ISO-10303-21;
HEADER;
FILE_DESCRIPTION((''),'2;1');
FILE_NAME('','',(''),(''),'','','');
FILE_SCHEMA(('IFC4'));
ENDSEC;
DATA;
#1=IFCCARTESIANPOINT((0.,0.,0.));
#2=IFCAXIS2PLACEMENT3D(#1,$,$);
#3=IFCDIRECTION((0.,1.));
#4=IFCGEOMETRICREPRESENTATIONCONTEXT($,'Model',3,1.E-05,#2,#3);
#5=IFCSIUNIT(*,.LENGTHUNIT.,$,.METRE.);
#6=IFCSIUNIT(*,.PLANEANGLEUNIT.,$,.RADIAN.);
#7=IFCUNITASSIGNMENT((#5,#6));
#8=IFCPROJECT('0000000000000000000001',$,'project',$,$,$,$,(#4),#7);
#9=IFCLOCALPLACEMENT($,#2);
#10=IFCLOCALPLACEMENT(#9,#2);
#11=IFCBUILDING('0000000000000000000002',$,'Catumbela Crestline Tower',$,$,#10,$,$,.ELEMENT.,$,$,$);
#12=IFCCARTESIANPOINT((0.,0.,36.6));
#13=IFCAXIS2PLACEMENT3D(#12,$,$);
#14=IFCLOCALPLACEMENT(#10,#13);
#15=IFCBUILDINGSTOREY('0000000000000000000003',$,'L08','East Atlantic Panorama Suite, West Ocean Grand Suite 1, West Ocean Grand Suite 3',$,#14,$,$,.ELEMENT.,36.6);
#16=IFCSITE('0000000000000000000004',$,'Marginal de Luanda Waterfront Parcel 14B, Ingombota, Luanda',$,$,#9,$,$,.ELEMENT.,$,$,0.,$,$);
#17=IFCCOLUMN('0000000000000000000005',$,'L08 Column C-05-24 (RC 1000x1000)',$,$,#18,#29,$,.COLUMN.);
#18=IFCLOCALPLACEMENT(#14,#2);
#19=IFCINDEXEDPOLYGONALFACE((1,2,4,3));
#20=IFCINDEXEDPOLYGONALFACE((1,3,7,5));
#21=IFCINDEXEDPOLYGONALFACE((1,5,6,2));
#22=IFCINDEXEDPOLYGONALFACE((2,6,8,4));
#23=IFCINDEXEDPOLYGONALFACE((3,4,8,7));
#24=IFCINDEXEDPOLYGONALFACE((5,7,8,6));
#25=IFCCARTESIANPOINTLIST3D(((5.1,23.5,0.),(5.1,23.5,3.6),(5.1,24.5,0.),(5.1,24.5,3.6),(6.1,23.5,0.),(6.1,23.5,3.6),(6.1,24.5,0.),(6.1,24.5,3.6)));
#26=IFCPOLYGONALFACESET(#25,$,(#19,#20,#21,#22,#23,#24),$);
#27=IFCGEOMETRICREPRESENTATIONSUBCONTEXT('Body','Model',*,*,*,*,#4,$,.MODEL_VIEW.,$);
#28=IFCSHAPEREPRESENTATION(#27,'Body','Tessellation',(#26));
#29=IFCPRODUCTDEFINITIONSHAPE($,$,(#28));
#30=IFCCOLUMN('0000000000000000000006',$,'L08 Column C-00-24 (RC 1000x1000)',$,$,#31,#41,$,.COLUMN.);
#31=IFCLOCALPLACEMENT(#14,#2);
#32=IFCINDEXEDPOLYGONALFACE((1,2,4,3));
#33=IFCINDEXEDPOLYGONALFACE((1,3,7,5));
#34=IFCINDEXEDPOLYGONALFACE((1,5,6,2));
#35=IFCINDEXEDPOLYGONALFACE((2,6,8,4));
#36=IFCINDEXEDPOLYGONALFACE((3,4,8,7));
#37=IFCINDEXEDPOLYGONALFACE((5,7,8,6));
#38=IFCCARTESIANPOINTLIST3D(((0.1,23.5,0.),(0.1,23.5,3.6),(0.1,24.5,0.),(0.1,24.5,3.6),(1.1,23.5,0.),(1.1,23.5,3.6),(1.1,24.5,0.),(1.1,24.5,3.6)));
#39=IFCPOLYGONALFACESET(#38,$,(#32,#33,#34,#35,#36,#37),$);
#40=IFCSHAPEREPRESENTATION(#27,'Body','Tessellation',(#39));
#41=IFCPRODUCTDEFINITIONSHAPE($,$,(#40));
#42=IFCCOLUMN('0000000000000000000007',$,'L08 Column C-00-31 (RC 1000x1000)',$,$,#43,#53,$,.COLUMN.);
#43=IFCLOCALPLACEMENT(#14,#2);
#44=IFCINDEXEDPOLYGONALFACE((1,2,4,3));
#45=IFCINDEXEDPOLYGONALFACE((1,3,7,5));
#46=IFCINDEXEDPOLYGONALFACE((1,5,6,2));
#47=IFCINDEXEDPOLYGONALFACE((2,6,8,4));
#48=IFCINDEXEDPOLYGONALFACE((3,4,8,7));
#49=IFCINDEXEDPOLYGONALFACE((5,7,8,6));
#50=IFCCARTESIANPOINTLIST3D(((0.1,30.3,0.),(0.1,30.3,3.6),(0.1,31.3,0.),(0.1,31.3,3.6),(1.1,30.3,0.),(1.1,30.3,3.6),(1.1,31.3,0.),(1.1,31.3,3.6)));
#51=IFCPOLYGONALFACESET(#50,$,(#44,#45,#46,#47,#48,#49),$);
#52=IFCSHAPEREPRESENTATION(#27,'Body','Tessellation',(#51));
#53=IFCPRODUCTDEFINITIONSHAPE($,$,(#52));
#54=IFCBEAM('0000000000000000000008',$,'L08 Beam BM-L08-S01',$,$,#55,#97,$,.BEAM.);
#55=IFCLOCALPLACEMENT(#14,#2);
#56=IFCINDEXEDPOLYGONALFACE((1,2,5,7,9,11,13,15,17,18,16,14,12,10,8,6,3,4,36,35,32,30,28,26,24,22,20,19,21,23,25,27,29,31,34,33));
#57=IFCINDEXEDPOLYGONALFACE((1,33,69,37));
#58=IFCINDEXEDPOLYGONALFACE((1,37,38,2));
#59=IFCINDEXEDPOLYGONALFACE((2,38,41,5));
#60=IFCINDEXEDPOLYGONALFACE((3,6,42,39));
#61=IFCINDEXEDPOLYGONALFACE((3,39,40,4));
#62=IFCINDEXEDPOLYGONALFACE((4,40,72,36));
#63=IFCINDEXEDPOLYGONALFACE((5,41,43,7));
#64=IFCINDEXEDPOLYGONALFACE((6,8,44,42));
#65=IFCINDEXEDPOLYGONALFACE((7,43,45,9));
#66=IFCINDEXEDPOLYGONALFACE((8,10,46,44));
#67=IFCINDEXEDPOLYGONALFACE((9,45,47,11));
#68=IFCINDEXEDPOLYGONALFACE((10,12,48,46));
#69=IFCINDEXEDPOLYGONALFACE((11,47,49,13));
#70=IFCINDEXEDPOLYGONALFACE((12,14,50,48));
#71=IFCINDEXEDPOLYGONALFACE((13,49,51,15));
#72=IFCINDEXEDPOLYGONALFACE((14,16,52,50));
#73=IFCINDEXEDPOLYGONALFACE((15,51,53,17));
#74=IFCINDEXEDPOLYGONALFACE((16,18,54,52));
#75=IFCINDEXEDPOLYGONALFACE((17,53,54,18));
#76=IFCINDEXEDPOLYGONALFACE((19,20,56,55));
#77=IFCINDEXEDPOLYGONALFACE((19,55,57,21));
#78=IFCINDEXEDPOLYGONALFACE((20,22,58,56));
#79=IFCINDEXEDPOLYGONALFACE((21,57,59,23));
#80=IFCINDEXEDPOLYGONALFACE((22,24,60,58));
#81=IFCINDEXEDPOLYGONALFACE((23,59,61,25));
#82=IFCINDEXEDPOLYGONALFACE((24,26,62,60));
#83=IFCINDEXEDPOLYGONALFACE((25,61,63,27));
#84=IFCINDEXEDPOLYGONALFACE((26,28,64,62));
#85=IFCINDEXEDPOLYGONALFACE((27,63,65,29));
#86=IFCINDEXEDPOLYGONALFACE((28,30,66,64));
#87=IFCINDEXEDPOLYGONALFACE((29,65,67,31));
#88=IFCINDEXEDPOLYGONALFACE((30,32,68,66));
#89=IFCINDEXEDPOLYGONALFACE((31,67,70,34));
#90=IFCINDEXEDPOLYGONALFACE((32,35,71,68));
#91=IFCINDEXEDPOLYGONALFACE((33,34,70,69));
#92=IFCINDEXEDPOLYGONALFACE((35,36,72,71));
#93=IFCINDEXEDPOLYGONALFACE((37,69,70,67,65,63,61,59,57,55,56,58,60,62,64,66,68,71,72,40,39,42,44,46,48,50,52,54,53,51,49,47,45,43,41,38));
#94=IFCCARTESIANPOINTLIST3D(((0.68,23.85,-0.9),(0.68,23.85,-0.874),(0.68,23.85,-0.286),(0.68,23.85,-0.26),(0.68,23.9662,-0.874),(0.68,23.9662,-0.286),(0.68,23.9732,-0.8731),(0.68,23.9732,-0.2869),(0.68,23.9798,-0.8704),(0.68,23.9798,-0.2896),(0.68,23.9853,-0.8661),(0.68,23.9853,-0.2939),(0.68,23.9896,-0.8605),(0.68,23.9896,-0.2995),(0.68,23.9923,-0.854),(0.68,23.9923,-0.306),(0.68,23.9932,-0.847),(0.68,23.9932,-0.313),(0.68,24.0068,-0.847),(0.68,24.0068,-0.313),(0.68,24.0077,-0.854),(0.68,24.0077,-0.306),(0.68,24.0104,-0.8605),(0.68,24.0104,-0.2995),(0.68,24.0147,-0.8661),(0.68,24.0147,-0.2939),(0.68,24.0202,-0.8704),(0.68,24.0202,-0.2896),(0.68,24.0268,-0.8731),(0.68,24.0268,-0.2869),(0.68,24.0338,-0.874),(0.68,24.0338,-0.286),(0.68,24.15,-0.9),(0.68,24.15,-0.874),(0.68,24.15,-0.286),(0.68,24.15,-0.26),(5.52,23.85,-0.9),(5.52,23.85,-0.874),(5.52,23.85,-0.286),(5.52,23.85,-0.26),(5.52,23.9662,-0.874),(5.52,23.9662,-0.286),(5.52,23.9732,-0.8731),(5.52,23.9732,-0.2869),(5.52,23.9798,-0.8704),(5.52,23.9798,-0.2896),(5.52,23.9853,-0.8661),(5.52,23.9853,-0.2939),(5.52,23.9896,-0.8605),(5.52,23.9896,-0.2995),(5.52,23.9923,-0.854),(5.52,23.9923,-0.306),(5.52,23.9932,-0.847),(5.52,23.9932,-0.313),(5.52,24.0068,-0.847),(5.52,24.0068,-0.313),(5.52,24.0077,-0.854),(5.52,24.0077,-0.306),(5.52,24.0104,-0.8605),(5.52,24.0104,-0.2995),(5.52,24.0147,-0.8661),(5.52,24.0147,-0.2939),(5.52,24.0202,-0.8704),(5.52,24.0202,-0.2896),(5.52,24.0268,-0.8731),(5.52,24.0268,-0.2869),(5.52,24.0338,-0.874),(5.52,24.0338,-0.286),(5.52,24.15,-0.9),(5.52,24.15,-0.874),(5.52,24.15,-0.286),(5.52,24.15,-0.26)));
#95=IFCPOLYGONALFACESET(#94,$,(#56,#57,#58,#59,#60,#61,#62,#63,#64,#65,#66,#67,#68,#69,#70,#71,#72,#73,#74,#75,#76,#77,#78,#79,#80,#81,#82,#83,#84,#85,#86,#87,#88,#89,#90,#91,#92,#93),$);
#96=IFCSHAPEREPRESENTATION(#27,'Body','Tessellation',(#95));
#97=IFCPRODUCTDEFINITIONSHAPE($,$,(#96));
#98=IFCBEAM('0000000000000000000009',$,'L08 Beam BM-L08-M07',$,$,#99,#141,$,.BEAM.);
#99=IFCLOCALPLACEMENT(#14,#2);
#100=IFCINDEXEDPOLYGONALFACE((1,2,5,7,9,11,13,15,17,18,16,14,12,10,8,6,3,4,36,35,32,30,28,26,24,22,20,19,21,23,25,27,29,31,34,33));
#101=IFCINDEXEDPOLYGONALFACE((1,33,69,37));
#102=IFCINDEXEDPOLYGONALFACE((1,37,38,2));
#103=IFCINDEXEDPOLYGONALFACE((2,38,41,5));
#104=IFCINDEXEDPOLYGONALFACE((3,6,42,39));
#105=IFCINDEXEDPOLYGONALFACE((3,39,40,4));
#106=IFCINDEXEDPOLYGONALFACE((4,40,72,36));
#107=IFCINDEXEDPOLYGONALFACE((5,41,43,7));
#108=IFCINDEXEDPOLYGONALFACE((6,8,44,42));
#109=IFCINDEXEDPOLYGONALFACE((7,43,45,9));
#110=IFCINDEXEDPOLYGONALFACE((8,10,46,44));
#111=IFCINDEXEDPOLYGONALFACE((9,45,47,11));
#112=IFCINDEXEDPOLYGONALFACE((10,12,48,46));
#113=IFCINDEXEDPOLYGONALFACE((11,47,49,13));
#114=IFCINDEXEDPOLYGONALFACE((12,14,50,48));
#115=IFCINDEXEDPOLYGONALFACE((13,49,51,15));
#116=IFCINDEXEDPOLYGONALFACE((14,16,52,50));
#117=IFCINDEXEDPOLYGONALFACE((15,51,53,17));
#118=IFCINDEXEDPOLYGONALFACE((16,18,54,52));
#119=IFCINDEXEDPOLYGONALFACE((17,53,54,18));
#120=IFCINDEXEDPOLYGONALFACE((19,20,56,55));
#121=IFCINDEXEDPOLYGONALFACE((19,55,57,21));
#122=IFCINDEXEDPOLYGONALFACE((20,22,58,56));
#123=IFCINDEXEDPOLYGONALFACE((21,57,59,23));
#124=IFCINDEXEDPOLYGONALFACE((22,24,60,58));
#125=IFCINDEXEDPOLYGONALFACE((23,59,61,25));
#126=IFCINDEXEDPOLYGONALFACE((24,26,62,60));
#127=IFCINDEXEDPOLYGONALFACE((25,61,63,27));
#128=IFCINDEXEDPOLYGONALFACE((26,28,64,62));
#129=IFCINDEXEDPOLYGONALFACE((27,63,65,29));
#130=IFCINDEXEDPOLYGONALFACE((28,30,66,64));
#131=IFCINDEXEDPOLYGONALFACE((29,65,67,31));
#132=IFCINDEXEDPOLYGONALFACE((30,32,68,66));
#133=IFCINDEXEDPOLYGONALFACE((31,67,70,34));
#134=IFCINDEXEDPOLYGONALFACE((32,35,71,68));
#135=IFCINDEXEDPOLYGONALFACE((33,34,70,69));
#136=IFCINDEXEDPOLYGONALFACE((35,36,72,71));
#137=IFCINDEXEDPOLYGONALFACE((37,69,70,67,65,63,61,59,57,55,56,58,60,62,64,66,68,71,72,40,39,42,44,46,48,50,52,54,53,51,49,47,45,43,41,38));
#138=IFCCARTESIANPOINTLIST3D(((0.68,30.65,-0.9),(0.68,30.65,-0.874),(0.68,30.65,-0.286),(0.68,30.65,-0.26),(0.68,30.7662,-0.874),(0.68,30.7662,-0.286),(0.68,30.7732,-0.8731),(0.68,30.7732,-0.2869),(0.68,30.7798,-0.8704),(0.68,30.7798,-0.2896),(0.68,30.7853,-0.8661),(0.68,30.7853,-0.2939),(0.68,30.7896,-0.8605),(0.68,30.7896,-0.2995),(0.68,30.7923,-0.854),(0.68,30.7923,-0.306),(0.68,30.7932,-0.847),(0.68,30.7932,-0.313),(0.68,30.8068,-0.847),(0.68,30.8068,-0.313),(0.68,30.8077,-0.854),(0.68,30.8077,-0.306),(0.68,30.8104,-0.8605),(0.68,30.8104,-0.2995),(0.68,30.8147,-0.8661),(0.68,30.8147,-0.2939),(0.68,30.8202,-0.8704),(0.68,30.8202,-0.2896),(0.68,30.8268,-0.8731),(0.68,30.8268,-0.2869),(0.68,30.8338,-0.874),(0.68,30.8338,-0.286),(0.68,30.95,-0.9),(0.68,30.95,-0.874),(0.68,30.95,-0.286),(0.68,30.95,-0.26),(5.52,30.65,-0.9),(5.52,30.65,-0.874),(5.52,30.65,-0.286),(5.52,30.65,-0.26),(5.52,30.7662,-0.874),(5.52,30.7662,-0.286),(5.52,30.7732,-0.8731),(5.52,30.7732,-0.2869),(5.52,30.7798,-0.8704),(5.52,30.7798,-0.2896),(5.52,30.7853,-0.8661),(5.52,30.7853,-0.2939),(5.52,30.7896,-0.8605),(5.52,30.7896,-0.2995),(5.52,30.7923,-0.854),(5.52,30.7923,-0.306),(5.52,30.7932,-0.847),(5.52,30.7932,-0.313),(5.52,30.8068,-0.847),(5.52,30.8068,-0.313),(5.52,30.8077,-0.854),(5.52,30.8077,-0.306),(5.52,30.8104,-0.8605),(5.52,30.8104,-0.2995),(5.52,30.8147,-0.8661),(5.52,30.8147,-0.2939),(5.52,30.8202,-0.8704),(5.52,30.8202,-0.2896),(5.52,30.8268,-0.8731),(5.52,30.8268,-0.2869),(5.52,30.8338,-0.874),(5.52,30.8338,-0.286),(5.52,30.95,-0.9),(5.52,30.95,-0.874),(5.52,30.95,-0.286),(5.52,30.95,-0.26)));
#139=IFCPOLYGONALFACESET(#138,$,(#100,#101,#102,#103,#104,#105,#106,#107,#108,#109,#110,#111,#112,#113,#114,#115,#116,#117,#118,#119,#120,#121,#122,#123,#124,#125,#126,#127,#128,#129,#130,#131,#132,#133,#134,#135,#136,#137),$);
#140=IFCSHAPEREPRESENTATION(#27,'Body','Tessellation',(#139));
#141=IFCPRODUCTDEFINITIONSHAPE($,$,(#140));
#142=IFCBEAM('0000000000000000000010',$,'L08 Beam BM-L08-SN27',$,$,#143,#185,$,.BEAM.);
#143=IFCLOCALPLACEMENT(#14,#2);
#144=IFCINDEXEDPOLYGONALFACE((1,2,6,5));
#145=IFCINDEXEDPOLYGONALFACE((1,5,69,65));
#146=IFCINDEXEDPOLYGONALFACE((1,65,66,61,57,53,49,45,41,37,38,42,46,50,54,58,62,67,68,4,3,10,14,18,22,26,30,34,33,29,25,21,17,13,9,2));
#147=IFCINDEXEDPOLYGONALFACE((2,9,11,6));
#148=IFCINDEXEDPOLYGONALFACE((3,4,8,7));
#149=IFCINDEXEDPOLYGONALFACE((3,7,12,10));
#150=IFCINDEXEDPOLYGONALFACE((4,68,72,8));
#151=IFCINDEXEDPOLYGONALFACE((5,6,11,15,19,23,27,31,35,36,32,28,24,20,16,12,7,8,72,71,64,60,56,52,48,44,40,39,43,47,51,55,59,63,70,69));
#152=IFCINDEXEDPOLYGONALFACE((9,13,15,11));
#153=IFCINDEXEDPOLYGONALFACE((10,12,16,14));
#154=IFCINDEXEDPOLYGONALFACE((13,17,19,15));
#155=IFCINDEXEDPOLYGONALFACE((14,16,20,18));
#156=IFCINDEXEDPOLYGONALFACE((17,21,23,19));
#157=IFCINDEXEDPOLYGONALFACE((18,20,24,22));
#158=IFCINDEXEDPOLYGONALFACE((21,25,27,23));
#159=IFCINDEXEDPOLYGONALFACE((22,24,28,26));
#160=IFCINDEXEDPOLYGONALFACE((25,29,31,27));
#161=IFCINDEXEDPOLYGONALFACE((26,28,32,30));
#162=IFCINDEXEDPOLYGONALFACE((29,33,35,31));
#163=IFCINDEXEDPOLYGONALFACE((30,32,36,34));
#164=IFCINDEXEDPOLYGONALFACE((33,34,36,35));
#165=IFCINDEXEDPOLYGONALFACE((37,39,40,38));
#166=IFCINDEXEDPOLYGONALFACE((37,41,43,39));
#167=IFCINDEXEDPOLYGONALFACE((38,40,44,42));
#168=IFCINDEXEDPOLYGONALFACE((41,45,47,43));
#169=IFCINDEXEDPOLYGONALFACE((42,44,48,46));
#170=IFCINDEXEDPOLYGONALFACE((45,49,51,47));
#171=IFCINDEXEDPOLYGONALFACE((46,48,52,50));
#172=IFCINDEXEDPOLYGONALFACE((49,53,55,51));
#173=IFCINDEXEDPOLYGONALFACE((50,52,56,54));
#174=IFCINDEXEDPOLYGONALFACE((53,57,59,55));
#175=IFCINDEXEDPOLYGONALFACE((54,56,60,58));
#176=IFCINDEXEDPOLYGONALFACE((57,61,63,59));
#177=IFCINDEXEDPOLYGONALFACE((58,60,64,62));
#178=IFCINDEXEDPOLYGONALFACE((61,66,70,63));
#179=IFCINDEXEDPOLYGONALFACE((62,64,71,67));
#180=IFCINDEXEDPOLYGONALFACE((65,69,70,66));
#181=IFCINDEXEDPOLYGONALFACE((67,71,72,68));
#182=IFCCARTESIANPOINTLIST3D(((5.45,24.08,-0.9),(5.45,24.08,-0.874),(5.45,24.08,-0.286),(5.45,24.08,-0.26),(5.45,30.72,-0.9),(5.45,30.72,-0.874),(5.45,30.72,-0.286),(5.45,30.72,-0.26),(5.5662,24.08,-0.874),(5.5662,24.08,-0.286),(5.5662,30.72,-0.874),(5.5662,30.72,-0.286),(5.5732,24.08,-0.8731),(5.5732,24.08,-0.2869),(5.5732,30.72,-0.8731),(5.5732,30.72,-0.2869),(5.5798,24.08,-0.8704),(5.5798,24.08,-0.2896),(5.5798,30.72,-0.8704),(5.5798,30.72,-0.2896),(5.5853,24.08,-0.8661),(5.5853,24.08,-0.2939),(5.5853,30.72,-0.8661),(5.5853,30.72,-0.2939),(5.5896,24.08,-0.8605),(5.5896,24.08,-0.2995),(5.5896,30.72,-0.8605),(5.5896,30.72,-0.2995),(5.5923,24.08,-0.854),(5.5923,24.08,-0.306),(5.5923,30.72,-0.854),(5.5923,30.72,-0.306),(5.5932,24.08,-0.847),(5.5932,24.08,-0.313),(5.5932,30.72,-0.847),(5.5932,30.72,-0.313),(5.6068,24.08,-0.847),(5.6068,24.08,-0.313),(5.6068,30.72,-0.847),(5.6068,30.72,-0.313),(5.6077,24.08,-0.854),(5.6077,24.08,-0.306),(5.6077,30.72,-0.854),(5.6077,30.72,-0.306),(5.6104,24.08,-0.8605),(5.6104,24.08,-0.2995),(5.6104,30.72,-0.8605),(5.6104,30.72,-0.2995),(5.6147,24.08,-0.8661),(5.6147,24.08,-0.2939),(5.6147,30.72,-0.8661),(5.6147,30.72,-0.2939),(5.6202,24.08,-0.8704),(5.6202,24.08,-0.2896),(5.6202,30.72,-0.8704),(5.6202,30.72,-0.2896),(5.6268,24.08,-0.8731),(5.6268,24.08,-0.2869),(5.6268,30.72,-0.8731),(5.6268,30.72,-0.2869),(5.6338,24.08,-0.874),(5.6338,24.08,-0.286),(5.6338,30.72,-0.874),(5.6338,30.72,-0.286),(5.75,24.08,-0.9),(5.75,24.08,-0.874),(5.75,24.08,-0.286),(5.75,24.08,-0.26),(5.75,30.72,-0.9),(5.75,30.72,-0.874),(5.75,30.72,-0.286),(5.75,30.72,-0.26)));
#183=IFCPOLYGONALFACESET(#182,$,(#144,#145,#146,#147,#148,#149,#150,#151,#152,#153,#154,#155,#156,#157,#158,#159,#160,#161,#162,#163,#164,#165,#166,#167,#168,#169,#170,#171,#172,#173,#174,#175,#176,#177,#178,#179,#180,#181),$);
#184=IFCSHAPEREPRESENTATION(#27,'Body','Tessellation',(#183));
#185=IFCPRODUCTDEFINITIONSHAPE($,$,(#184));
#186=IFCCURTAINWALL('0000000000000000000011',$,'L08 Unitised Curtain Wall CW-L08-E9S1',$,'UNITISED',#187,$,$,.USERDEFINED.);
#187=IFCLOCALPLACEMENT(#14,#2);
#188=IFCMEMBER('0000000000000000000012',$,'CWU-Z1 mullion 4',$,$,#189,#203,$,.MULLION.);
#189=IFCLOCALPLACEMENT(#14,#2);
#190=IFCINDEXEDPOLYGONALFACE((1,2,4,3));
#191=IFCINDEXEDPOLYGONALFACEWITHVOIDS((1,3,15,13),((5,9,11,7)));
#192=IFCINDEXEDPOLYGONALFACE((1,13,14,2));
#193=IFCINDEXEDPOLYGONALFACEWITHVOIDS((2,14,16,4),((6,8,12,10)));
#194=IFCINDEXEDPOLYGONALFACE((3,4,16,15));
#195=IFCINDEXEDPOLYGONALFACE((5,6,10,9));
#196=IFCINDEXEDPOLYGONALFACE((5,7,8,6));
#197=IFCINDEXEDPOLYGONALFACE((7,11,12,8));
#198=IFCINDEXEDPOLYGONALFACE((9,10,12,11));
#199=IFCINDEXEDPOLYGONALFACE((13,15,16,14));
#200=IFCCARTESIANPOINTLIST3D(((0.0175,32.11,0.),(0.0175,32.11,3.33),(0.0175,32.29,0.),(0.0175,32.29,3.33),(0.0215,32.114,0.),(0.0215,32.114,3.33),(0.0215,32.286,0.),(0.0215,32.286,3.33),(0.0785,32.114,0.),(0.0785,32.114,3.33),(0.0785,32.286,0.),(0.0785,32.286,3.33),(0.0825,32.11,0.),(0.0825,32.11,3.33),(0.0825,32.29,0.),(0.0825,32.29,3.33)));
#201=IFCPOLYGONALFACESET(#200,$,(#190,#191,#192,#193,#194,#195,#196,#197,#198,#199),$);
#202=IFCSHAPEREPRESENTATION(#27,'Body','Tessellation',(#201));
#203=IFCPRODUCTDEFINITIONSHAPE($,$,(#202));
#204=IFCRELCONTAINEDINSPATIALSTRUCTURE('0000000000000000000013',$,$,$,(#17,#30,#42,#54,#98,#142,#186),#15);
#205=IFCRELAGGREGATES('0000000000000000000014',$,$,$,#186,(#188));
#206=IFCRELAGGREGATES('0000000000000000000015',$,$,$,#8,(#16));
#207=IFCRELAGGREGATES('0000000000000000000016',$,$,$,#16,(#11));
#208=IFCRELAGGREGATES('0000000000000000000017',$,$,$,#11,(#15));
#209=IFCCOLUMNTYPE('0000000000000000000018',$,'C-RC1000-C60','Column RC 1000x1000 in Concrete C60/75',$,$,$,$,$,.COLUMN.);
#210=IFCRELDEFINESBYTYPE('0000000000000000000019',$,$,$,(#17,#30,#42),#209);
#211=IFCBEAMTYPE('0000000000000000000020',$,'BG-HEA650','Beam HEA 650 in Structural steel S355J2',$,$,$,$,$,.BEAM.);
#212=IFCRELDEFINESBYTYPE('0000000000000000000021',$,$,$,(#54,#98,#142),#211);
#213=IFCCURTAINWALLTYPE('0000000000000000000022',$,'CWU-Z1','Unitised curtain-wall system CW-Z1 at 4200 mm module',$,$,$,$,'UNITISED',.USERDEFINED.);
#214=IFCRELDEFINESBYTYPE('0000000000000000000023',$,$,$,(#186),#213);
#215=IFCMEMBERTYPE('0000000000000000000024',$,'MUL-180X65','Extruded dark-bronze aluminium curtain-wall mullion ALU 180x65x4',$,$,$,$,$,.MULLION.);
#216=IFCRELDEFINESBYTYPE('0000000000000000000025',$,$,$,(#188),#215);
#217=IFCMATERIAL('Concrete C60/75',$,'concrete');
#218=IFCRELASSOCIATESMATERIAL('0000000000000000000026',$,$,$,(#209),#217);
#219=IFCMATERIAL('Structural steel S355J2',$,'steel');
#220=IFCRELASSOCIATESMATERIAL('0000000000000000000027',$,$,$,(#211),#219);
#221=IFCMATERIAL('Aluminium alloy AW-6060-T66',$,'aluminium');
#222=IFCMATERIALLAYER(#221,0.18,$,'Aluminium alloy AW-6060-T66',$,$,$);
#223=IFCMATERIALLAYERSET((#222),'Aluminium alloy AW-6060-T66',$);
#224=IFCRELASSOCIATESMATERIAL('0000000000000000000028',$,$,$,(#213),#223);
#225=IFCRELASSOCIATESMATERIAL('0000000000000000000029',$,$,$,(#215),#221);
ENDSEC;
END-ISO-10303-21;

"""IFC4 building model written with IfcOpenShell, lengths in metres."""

from ifc_helpers import new_model, si_unit, direction, frame, origin, origin_2d, place, context, subcontext, project, spatial, rectangle, hollow_rectangle, i_section, extrude, material, layer, layer_set, material_profile, profile_set, type_object, element, aggregate, save


model = new_model("IFC4")

# Units and contexts
model_context = context("Model", 3, precision=1e-05, world=origin(), true_north=direction((0.0, 1.0)))
body_context = subcontext(model_context, "Body", "Model", "MODEL_VIEW")
ifc_project = project(units=[si_unit("LENGTHUNIT", "METRE"), si_unit("PLANEANGLEUNIT", "RADIAN")], contexts=[model_context])

# Site, building, storey
site_placement = place(None, origin())
site = spatial("IfcSite", under=ifc_project, at=site_placement, Name="Marginal de Luanda Waterfront Parcel 14B, Ingombota, Luanda", CompositionType="ELEMENT", RefElevation=0.0)
building_placement = place(site_placement, origin())
building = spatial("IfcBuilding", under=site, at=building_placement, Name="Catumbela Crestline Tower", CompositionType="ELEMENT")
storey_placement = place(building_placement, frame((0.0, 0.0, 36.6)))
storey = spatial("IfcBuildingStorey", under=building, at=storey_placement, Name="L08", Description="East Atlantic Panorama Suite, West Ocean Grand Suite 1, West Ocean Grand Suite 3", CompositionType="ELEMENT", Elevation=36.6)

# Columns
ifc_material_1 = material(Name="Concrete C60/75", Category="concrete")
ifc_material_profile_1 = material_profile(ifc_material_1, rectangle(XDim=1.0, YDim=1.0, at=origin_2d()), Name="RC 1000x1000")
ifc_profile_set_1 = profile_set([ifc_material_profile_1], Name="Concrete C60/75")
column_type = type_object("IfcColumnType", Name="C-RC1000-C60", Description="Column RC 1000x1000 in Concrete C60/75", PredefinedType="COLUMN", material=ifc_profile_set_1)
for number, where, z_axis, x_axis, name in (
    (1, (5.6, 24.0, 0.0), (0.0, 0.0, 1.0), (1.0, 0.0, 0.0), "L08 Column C-05-24 (RC 1000x1000)"),
    (2, (0.6, 24.0, 0.0), (0.0, 0.0, 1.0), (1.0, 0.0, 0.0), "L08 Column C-00-24 (RC 1000x1000)"),
    (3, (0.6, 30.8, 0.0), (0.0, 0.0, 1.0), (1.0, 0.0, 0.0), "L08 Column C-00-31 (RC 1000x1000)"),
):
    element("IfcColumn", number, at=place(storey_placement, frame(where, z_axis=z_axis, x_axis=x_axis)), inside=storey, type_object=column_type, Name=name, PredefinedType="COLUMN", context=body_context, shape_type="SweptSolid", body=[
        extrude(rectangle(XDim=1.0, YDim=1.0, at=origin_2d()), origin(), (0.0, 0.0, 1.0), 3.6),
    ])

# Beams
ifc_material_2 = material(Name="Structural steel S355J2", Category="steel")
ifc_material_profile_2 = material_profile(ifc_material_2, i_section(OverallWidth=0.3, OverallDepth=0.64, WebThickness=0.0135, FlangeThickness=0.026, FilletRadius=0.027, at=origin_2d()), Name="HEA 650")
ifc_profile_set_2 = profile_set([ifc_material_profile_2], Name="Structural steel S355J2")
beam_type_1 = type_object("IfcBeamType", Name="BG-HEA650", Description="Beam HEA 650 in Structural steel S355J2", PredefinedType="BEAM", material=ifc_profile_set_2)
for number, where, z_axis, x_axis, name in (
    (4, (0.68, 24.0, -0.58), (1.0, 0.0, 0.0), (0.0, 1.0, 0.0), "L08 Beam BM-L08-S01"),
    (5, (0.68, 30.8, -0.58), (1.0, 0.0, 0.0), (0.0, 1.0, 0.0), "L08 Beam BM-L08-M07"),
):
    element("IfcBeam", number, at=place(storey_placement, frame(where, z_axis=z_axis, x_axis=x_axis)), inside=storey, type_object=beam_type_1, Name=name, PredefinedType="BEAM", context=body_context, shape_type="SweptSolid", body=[
        extrude(i_section(OverallWidth=0.3, OverallDepth=0.64, WebThickness=0.0135, FlangeThickness=0.026, FilletRadius=0.027, at=origin_2d()), origin(), (0.0, 0.0, 1.0), 4.84),
    ])
beam_1_placement = place(storey_placement, frame((5.6, 24.08, -0.58), z_axis=(0.0, 1.0, 0.0), x_axis=(-1.0, 0.0, 0.0)))
element("IfcBeam", 6, at=beam_1_placement, inside=storey, type_object=beam_type_1, Name="L08 Beam BM-L08-SN27", PredefinedType="BEAM", context=body_context, shape_type="SweptSolid", body=[
    extrude(i_section(OverallWidth=0.3, OverallDepth=0.64, WebThickness=0.0135, FlangeThickness=0.026, FilletRadius=0.027, at=origin_2d()), origin(), (0.0, 0.0, 1.0), 6.64),
])

# Curtain wall, member
ifc_material_3 = material(Name="Aluminium alloy AW-6060-T66", Category="aluminium")
ifc_layer_1 = layer(ifc_material_3, 0.18, Name="Aluminium alloy AW-6060-T66")
ifc_layer_set_1 = layer_set([ifc_layer_1], Name="Aluminium alloy AW-6060-T66")
curtain_wall_type = type_object("IfcCurtainWallType", Name="CWU-Z1", Description="Unitised curtain-wall system CW-Z1 at 4200 mm module", ElementType="UNITISED", PredefinedType="USERDEFINED", material=ifc_layer_set_1)
curtain_wall_placement = place(storey_placement, origin())
curtain_wall = element("IfcCurtainWall", 7, at=curtain_wall_placement, inside=storey, type_object=curtain_wall_type, Name="L08 Unitised Curtain Wall CW-L08-E9S1", ObjectType="UNITISED", PredefinedType="USERDEFINED")
ifc_material_profile_3 = material_profile(ifc_material_3, hollow_rectangle(XDim=0.065, YDim=0.18, WallThickness=0.004, at=origin_2d()), Name="ALU 180x65x4")
ifc_profile_set_3 = profile_set([ifc_material_profile_3], Name="Aluminium alloy AW-6060-T66")
member_type_1 = type_object("IfcMemberType", Name="MUL-180X65", Description="Extruded dark-bronze aluminium curtain-wall mullion ALU 180x65x4", PredefinedType="MULLION", material=ifc_profile_set_3)
member_1_placement = place(storey_placement, frame((0.05, 32.2, 0.0), z_axis=(0.0, 0.0, 1.0), x_axis=(1.0, 0.0, 0.0)))
member_1 = element("IfcMember", 8, at=member_1_placement, type_object=member_type_1, Name="CWU-Z1 mullion 4", PredefinedType="MULLION", context=body_context, shape_type="SweptSolid", body=[
    extrude(hollow_rectangle(XDim=0.065, YDim=0.18, WallThickness=0.004, at=origin_2d()), origin(), (0.0, 0.0, 1.0), 3.33),
])

aggregate(curtain_wall, [member_1])

save(model, "model.ifc")
